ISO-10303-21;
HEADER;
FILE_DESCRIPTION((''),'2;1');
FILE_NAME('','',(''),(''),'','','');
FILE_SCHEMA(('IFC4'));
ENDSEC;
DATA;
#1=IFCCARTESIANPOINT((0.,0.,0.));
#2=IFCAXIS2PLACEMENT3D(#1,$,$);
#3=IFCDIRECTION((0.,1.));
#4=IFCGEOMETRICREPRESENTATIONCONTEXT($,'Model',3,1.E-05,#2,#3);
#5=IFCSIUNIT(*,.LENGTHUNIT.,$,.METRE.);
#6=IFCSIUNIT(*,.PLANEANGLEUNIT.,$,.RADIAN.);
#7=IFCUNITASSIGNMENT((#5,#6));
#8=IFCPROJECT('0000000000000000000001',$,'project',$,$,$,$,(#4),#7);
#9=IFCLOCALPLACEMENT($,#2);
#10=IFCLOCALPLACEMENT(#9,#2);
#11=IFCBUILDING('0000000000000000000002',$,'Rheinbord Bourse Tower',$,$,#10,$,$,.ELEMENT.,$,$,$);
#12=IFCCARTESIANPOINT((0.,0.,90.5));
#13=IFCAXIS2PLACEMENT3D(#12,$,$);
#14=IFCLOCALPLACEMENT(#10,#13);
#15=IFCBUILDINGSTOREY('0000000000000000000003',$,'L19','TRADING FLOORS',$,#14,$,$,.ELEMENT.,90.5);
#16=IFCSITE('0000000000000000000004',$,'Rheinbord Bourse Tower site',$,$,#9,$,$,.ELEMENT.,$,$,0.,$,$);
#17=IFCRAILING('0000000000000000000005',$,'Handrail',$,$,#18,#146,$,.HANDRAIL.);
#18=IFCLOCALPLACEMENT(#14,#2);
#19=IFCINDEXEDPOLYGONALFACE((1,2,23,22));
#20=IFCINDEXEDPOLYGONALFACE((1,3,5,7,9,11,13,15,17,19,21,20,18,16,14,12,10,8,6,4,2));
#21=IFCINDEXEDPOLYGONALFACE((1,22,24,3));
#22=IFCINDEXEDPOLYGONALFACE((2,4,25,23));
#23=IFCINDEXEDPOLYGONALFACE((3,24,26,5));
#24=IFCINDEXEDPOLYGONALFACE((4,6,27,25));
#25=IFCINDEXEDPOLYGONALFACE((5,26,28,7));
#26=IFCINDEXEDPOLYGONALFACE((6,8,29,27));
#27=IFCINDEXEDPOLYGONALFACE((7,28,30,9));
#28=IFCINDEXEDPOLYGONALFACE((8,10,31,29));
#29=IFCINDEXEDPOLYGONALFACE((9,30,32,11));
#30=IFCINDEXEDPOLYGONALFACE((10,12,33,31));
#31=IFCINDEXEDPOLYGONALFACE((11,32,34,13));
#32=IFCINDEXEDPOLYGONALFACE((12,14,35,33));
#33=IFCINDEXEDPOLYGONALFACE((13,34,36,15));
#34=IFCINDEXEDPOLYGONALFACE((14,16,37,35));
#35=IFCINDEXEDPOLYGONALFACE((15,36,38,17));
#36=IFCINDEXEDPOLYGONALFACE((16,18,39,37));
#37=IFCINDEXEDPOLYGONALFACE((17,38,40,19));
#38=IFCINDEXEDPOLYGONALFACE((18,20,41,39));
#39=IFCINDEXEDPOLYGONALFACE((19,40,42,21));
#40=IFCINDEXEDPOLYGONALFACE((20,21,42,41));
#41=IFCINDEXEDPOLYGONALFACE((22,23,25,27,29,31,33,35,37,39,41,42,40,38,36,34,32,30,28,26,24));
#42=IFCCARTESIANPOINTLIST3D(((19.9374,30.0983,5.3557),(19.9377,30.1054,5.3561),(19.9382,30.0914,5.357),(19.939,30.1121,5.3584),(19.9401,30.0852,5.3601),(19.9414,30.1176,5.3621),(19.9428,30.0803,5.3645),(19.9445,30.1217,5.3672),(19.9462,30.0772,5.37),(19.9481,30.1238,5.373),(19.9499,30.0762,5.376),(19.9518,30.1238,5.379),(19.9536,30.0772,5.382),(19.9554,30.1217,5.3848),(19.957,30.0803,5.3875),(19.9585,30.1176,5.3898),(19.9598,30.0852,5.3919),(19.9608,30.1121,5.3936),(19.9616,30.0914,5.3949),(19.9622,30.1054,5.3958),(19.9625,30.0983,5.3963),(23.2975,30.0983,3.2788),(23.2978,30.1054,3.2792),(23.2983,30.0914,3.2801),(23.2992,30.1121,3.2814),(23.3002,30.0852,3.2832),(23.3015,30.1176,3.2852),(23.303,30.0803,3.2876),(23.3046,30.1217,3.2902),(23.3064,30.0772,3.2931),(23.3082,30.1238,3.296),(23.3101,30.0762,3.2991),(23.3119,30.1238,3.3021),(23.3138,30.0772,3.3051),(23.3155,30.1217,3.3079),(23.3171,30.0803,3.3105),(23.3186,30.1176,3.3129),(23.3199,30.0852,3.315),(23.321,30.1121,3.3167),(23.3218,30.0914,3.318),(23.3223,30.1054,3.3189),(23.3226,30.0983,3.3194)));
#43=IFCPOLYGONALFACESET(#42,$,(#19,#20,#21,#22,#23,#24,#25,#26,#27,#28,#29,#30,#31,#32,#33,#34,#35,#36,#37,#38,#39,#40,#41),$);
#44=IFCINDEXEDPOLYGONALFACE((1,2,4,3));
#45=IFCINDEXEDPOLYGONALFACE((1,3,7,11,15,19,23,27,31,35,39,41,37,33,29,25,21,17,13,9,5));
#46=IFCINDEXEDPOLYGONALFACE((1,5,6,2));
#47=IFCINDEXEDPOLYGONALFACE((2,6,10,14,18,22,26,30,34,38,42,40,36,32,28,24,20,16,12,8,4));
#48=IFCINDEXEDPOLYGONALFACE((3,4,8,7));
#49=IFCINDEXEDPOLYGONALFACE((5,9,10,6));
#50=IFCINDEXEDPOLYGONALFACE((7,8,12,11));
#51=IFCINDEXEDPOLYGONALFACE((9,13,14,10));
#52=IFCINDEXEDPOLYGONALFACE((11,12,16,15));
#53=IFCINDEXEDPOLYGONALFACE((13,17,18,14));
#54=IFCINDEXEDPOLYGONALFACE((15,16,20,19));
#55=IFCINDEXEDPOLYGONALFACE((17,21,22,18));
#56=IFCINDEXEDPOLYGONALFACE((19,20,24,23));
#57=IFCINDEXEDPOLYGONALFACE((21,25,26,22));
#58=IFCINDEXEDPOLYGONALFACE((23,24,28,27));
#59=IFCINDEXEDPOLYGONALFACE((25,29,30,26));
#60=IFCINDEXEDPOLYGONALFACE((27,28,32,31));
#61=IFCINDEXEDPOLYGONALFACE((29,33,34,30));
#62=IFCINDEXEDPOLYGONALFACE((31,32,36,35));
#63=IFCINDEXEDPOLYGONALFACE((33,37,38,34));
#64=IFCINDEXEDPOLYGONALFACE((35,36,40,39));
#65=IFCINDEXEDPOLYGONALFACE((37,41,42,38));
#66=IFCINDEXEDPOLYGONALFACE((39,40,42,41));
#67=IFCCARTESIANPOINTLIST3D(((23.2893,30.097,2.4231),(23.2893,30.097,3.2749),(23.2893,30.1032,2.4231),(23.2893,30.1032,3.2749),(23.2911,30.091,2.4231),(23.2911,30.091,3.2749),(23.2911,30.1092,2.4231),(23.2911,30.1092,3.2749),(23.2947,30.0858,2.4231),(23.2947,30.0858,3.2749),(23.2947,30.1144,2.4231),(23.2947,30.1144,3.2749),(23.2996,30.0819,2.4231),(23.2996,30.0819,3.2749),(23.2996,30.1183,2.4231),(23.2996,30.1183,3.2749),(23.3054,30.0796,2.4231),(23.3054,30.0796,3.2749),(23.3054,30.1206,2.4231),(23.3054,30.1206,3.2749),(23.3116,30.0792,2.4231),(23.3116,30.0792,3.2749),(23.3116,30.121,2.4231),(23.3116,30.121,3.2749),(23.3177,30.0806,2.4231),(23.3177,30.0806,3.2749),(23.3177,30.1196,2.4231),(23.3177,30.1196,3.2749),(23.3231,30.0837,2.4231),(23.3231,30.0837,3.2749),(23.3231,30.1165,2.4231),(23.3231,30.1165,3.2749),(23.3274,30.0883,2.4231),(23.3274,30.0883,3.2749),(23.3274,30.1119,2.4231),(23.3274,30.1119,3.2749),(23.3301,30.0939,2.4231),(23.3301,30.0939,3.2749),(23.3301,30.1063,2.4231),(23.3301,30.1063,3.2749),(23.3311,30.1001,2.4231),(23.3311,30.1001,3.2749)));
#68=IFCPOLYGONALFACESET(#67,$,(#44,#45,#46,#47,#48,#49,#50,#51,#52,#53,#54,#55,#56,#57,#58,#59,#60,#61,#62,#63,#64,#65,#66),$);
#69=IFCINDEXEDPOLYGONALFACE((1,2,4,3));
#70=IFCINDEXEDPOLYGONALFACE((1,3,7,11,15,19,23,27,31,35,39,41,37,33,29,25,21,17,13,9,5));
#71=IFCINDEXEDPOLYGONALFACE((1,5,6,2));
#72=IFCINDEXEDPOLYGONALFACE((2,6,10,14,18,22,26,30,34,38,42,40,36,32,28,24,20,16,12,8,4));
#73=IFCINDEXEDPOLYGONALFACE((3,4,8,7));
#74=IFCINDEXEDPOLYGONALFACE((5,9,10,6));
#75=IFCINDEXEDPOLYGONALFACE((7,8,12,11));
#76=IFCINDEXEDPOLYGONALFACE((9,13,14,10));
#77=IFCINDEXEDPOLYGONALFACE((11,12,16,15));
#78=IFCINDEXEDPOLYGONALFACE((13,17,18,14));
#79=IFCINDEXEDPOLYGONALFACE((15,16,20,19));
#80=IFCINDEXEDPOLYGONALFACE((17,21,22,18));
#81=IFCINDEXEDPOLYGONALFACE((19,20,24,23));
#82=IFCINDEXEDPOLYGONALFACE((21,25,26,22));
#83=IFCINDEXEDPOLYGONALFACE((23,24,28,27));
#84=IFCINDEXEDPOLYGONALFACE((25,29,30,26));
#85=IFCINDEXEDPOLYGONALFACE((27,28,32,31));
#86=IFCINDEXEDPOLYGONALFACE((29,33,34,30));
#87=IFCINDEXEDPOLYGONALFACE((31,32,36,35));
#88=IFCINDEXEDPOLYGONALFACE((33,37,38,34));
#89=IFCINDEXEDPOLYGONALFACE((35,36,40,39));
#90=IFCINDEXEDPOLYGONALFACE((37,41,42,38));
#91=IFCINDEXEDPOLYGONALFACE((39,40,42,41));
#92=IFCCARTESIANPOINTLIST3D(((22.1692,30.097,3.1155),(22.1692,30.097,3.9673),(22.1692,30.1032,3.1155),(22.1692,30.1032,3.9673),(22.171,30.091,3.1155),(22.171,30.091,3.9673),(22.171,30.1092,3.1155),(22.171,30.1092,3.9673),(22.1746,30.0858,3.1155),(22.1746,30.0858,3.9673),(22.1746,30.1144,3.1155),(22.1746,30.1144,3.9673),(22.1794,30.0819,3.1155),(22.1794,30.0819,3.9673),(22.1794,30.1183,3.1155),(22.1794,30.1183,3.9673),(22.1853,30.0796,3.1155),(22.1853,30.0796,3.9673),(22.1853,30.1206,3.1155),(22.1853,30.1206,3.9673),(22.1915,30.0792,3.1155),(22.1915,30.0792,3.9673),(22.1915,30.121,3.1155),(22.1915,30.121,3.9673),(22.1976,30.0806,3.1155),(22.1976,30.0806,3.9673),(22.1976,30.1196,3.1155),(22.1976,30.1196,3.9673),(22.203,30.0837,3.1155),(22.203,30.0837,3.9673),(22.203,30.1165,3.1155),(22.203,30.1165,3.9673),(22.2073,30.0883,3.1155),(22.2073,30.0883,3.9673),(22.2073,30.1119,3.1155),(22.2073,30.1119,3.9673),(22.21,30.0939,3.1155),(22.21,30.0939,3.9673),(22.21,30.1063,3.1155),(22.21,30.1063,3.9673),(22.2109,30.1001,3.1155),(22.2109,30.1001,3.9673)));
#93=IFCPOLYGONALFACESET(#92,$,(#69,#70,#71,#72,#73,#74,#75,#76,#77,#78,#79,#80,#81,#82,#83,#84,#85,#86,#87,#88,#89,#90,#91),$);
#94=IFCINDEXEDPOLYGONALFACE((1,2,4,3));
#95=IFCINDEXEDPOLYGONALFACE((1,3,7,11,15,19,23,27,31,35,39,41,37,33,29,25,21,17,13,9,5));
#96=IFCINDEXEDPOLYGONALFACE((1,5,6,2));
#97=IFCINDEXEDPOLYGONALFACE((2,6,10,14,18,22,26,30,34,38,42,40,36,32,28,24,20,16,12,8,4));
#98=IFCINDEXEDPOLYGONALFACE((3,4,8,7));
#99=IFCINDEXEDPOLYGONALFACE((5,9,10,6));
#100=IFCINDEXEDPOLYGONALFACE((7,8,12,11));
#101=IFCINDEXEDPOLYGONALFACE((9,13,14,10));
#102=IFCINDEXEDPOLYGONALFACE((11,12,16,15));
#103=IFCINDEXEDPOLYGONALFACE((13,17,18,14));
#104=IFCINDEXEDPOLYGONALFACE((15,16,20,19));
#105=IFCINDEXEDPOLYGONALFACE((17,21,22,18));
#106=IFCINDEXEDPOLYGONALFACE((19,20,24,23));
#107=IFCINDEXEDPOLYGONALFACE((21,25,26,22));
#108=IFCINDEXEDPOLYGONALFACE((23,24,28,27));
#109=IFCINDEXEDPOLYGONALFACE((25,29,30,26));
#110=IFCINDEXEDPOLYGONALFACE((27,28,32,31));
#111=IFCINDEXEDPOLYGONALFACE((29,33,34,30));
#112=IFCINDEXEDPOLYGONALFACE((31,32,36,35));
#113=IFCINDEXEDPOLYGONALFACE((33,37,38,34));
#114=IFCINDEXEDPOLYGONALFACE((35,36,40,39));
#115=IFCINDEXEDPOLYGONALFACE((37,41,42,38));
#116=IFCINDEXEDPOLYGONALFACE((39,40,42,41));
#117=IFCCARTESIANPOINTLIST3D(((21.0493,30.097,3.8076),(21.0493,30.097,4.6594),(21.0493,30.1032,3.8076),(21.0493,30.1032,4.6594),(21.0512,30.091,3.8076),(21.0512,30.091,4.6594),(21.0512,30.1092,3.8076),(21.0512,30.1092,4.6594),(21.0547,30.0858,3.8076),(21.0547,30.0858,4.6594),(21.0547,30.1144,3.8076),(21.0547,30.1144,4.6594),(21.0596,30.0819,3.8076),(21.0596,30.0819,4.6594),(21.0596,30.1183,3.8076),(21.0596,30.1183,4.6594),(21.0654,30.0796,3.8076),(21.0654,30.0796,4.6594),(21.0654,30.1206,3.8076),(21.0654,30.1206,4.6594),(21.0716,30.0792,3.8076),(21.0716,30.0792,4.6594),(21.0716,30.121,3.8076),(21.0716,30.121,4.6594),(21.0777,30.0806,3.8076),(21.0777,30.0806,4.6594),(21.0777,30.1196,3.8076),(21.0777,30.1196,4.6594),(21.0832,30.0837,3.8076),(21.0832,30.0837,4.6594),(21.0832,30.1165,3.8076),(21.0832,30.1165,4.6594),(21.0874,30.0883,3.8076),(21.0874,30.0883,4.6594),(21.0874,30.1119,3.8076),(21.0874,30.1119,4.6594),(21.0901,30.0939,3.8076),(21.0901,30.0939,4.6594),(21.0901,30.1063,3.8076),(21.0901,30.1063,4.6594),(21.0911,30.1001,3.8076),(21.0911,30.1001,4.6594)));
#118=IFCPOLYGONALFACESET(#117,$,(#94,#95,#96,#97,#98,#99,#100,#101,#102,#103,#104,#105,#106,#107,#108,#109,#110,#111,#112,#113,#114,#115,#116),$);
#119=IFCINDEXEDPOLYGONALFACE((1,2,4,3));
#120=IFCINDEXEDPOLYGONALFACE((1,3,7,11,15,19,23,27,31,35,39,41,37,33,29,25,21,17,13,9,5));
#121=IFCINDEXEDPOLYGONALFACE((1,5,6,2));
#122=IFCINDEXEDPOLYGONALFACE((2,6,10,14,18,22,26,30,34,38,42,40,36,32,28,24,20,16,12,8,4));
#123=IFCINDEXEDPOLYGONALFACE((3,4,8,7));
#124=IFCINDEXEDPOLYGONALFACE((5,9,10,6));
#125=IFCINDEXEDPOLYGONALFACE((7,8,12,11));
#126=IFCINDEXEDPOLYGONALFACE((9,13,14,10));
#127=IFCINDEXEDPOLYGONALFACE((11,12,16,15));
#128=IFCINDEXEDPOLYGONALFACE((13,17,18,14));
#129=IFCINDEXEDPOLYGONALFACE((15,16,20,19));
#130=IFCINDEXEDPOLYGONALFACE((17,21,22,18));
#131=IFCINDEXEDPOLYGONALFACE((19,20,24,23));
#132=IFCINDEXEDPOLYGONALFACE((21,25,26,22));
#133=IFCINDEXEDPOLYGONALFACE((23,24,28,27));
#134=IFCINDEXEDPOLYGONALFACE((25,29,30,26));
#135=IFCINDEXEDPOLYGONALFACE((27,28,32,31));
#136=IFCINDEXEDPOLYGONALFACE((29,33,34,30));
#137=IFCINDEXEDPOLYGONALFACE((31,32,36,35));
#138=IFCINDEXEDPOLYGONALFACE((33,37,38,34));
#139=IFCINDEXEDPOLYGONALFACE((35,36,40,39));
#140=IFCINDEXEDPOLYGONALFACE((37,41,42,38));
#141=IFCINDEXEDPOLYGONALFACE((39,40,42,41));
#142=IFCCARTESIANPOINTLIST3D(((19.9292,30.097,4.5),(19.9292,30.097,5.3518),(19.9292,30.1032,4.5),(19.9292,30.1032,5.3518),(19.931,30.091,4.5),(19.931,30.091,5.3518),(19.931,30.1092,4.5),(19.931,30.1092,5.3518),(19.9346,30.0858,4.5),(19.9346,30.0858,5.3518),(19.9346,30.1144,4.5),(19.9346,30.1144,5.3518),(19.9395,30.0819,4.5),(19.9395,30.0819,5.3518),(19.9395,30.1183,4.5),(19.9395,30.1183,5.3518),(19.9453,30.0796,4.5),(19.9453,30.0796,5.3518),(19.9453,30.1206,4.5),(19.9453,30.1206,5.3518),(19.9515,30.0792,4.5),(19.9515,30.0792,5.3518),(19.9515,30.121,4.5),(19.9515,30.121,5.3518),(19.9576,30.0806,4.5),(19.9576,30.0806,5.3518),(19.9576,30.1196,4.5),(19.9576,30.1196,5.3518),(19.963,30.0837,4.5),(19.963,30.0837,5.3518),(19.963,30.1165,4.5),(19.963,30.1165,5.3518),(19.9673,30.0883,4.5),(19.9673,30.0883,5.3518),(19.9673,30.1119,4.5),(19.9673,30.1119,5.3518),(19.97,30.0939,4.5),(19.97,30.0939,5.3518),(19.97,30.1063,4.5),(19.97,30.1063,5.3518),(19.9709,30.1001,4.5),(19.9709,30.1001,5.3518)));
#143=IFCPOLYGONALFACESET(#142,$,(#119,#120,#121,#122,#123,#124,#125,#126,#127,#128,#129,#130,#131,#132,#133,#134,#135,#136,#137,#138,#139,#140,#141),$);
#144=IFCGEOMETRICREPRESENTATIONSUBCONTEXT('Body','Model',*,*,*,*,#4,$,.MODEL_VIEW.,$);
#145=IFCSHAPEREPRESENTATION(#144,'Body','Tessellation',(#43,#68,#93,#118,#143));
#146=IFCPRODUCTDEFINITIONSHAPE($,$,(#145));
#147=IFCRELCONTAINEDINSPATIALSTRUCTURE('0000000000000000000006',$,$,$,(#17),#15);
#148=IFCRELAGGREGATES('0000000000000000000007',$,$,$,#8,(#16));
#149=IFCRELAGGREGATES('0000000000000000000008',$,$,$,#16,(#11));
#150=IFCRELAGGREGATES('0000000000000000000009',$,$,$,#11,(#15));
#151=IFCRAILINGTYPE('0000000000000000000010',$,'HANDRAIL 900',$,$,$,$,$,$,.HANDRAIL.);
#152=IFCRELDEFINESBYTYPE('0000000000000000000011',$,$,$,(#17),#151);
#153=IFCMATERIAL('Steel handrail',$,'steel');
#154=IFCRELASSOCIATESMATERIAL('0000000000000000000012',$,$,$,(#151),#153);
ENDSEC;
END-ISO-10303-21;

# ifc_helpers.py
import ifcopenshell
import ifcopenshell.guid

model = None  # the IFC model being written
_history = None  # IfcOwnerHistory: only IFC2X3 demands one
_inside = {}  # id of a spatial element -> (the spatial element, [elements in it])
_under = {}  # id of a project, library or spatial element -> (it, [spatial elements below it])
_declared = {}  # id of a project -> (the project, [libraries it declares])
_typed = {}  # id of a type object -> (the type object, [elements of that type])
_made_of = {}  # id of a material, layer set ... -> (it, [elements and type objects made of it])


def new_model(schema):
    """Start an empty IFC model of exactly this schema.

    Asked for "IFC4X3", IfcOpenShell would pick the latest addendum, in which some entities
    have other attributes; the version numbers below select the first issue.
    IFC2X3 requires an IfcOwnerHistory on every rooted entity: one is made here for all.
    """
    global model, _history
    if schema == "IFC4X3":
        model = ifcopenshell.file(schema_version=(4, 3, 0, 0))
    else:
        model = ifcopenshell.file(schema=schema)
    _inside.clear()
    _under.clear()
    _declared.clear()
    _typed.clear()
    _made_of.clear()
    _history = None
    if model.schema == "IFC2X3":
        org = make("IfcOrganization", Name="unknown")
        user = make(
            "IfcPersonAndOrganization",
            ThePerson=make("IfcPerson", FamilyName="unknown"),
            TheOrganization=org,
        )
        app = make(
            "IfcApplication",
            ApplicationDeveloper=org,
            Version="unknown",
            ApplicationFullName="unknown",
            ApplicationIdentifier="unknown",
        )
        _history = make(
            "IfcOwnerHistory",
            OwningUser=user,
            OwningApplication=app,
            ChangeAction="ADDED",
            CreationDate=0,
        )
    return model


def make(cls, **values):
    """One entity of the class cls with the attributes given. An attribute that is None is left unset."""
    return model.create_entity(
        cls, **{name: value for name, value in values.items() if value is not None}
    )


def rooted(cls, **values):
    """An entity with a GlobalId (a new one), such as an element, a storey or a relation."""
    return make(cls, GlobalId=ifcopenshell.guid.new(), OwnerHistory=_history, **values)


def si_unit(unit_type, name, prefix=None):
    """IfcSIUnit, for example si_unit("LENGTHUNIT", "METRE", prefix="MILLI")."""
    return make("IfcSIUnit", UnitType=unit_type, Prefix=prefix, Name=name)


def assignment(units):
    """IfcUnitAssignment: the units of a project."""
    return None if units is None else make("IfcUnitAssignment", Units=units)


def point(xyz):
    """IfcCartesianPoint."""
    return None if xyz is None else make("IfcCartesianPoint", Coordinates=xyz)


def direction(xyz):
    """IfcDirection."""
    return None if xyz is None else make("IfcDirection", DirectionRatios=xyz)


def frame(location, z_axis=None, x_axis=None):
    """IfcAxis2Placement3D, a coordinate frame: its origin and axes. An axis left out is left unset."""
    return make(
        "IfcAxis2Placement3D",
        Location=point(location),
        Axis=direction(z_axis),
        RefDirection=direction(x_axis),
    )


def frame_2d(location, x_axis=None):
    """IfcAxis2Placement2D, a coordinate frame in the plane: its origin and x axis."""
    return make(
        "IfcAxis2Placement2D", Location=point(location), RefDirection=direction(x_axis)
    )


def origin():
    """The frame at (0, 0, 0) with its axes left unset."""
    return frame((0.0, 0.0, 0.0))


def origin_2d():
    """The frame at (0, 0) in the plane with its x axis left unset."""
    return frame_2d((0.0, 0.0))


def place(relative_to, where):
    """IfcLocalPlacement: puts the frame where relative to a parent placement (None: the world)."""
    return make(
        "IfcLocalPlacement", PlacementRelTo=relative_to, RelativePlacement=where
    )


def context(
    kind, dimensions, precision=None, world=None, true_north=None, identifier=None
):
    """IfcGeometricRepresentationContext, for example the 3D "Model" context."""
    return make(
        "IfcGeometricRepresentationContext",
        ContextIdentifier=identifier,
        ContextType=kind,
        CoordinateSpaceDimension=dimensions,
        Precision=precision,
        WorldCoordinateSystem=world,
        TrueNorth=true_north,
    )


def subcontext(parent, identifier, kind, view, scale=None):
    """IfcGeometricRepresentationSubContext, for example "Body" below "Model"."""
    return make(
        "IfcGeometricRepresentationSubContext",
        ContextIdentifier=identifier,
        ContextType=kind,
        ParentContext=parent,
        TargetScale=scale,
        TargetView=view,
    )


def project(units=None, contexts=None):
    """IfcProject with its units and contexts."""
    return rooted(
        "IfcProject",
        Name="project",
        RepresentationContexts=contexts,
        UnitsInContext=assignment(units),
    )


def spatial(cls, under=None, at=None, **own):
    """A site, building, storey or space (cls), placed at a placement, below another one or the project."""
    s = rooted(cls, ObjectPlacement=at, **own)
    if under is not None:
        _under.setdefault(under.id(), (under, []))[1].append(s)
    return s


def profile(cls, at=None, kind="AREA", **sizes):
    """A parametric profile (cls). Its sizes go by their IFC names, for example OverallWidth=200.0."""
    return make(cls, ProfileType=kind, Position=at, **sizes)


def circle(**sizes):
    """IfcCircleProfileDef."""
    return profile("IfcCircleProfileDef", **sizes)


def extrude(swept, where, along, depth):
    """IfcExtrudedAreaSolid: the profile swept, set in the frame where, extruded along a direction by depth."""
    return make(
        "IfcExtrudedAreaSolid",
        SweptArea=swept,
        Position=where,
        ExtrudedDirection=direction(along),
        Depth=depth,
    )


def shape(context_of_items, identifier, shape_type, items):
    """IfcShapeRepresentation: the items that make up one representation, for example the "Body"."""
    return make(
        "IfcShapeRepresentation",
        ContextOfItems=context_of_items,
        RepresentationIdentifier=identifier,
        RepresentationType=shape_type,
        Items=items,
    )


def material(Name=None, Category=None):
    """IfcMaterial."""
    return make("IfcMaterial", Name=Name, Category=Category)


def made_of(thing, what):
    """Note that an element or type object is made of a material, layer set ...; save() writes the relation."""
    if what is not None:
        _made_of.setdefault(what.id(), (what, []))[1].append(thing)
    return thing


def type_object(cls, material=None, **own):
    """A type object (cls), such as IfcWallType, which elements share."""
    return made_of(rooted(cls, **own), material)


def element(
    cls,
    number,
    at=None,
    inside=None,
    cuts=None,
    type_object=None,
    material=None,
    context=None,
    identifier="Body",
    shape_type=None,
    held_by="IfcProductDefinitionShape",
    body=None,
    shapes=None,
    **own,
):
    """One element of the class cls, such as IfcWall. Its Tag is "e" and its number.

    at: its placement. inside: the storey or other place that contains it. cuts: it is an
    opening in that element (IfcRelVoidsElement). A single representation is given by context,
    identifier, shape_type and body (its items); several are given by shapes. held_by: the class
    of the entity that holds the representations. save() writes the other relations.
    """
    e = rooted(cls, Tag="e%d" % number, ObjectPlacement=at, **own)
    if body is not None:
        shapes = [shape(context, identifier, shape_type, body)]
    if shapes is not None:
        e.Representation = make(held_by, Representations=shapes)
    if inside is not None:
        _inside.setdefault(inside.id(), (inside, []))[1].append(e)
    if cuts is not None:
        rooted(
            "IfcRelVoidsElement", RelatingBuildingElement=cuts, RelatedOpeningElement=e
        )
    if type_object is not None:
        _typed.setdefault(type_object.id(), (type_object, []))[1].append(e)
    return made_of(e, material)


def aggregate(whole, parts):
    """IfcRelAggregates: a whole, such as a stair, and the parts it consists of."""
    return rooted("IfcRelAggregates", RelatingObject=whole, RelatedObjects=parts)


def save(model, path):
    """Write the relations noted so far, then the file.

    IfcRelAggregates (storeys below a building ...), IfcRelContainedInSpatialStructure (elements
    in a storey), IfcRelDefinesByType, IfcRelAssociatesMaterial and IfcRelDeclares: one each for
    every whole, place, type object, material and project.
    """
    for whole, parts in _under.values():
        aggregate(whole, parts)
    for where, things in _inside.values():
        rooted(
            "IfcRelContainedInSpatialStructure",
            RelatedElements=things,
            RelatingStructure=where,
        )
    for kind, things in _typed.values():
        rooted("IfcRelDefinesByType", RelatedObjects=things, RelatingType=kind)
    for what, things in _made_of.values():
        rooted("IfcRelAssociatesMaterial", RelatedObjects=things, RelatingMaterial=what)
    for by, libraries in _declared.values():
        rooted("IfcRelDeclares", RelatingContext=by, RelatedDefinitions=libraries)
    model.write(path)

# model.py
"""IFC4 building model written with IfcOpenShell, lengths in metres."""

from ifc_helpers import new_model, si_unit, direction, frame, origin, origin_2d, place, context, subcontext, project, spatial, circle, extrude, material, type_object, element, save


model = new_model("IFC4")

# Units and contexts
model_context = context("Model", 3, precision=1e-05, world=origin(), true_north=direction((0.0, 1.0)))
body_context = subcontext(model_context, "Body", "Model", "MODEL_VIEW")
ifc_project = project(units=[si_unit("LENGTHUNIT", "METRE"), si_unit("PLANEANGLEUNIT", "RADIAN")], contexts=[model_context])

# Site, building, storey
site_placement = place(None, origin())
site = spatial("IfcSite", under=ifc_project, at=site_placement, Name="Rheinbord Bourse Tower site", CompositionType="ELEMENT", RefElevation=0.0)
building_placement = place(site_placement, origin())
building = spatial("IfcBuilding", under=site, at=building_placement, Name="Rheinbord Bourse Tower", CompositionType="ELEMENT")
storey_placement = place(building_placement, frame((0.0, 0.0, 90.5)))
storey = spatial("IfcBuildingStorey", under=building, at=storey_placement, Name="L19", Description="TRADING FLOORS", CompositionType="ELEMENT", Elevation=90.5)

# Railing
ifc_material_1 = material(Name="Steel handrail", Category="steel")
railing_type = type_object("IfcRailingType", Name="HANDRAIL 900", PredefinedType="HANDRAIL", material=ifc_material_1)
railing_1_placement = place(storey_placement, frame((23.3101, 30.1001, 2.4231)))
element("IfcRailing", 1, at=railing_1_placement, inside=storey, type_object=railing_type, Name="Handrail", PredefinedType="HANDRAIL", context=body_context, shape_type="SweptSolid", body=[
    extrude(circle(Radius=0.0239, at=origin_2d()), frame((0.0, 0.0, 0.876), z_axis=(-0.850623, 0.0, 0.525776), x_axis=(0.0, -1.0, 0.0)), (0.0, 0.0, 1.0), 3.9502),
    extrude(circle(Radius=0.021, at=origin_2d()), origin(), (0.0, 0.0, 1.0), 0.8518),
    extrude(circle(Radius=0.021, at=origin_2d()), frame((-1.1201, 0.0, 0.6924)), (0.0, 0.0, 1.0), 0.8518),
    extrude(circle(Radius=0.021, at=origin_2d()), frame((-2.24, 0.0, 1.3845)), (0.0, 0.0, 1.0), 0.8518),
    extrude(circle(Radius=0.021, at=origin_2d()), frame((-3.3601, 0.0, 2.0769)), (0.0, 0.0, 1.0), 0.8518),
])

save(model, "model.ifc")
